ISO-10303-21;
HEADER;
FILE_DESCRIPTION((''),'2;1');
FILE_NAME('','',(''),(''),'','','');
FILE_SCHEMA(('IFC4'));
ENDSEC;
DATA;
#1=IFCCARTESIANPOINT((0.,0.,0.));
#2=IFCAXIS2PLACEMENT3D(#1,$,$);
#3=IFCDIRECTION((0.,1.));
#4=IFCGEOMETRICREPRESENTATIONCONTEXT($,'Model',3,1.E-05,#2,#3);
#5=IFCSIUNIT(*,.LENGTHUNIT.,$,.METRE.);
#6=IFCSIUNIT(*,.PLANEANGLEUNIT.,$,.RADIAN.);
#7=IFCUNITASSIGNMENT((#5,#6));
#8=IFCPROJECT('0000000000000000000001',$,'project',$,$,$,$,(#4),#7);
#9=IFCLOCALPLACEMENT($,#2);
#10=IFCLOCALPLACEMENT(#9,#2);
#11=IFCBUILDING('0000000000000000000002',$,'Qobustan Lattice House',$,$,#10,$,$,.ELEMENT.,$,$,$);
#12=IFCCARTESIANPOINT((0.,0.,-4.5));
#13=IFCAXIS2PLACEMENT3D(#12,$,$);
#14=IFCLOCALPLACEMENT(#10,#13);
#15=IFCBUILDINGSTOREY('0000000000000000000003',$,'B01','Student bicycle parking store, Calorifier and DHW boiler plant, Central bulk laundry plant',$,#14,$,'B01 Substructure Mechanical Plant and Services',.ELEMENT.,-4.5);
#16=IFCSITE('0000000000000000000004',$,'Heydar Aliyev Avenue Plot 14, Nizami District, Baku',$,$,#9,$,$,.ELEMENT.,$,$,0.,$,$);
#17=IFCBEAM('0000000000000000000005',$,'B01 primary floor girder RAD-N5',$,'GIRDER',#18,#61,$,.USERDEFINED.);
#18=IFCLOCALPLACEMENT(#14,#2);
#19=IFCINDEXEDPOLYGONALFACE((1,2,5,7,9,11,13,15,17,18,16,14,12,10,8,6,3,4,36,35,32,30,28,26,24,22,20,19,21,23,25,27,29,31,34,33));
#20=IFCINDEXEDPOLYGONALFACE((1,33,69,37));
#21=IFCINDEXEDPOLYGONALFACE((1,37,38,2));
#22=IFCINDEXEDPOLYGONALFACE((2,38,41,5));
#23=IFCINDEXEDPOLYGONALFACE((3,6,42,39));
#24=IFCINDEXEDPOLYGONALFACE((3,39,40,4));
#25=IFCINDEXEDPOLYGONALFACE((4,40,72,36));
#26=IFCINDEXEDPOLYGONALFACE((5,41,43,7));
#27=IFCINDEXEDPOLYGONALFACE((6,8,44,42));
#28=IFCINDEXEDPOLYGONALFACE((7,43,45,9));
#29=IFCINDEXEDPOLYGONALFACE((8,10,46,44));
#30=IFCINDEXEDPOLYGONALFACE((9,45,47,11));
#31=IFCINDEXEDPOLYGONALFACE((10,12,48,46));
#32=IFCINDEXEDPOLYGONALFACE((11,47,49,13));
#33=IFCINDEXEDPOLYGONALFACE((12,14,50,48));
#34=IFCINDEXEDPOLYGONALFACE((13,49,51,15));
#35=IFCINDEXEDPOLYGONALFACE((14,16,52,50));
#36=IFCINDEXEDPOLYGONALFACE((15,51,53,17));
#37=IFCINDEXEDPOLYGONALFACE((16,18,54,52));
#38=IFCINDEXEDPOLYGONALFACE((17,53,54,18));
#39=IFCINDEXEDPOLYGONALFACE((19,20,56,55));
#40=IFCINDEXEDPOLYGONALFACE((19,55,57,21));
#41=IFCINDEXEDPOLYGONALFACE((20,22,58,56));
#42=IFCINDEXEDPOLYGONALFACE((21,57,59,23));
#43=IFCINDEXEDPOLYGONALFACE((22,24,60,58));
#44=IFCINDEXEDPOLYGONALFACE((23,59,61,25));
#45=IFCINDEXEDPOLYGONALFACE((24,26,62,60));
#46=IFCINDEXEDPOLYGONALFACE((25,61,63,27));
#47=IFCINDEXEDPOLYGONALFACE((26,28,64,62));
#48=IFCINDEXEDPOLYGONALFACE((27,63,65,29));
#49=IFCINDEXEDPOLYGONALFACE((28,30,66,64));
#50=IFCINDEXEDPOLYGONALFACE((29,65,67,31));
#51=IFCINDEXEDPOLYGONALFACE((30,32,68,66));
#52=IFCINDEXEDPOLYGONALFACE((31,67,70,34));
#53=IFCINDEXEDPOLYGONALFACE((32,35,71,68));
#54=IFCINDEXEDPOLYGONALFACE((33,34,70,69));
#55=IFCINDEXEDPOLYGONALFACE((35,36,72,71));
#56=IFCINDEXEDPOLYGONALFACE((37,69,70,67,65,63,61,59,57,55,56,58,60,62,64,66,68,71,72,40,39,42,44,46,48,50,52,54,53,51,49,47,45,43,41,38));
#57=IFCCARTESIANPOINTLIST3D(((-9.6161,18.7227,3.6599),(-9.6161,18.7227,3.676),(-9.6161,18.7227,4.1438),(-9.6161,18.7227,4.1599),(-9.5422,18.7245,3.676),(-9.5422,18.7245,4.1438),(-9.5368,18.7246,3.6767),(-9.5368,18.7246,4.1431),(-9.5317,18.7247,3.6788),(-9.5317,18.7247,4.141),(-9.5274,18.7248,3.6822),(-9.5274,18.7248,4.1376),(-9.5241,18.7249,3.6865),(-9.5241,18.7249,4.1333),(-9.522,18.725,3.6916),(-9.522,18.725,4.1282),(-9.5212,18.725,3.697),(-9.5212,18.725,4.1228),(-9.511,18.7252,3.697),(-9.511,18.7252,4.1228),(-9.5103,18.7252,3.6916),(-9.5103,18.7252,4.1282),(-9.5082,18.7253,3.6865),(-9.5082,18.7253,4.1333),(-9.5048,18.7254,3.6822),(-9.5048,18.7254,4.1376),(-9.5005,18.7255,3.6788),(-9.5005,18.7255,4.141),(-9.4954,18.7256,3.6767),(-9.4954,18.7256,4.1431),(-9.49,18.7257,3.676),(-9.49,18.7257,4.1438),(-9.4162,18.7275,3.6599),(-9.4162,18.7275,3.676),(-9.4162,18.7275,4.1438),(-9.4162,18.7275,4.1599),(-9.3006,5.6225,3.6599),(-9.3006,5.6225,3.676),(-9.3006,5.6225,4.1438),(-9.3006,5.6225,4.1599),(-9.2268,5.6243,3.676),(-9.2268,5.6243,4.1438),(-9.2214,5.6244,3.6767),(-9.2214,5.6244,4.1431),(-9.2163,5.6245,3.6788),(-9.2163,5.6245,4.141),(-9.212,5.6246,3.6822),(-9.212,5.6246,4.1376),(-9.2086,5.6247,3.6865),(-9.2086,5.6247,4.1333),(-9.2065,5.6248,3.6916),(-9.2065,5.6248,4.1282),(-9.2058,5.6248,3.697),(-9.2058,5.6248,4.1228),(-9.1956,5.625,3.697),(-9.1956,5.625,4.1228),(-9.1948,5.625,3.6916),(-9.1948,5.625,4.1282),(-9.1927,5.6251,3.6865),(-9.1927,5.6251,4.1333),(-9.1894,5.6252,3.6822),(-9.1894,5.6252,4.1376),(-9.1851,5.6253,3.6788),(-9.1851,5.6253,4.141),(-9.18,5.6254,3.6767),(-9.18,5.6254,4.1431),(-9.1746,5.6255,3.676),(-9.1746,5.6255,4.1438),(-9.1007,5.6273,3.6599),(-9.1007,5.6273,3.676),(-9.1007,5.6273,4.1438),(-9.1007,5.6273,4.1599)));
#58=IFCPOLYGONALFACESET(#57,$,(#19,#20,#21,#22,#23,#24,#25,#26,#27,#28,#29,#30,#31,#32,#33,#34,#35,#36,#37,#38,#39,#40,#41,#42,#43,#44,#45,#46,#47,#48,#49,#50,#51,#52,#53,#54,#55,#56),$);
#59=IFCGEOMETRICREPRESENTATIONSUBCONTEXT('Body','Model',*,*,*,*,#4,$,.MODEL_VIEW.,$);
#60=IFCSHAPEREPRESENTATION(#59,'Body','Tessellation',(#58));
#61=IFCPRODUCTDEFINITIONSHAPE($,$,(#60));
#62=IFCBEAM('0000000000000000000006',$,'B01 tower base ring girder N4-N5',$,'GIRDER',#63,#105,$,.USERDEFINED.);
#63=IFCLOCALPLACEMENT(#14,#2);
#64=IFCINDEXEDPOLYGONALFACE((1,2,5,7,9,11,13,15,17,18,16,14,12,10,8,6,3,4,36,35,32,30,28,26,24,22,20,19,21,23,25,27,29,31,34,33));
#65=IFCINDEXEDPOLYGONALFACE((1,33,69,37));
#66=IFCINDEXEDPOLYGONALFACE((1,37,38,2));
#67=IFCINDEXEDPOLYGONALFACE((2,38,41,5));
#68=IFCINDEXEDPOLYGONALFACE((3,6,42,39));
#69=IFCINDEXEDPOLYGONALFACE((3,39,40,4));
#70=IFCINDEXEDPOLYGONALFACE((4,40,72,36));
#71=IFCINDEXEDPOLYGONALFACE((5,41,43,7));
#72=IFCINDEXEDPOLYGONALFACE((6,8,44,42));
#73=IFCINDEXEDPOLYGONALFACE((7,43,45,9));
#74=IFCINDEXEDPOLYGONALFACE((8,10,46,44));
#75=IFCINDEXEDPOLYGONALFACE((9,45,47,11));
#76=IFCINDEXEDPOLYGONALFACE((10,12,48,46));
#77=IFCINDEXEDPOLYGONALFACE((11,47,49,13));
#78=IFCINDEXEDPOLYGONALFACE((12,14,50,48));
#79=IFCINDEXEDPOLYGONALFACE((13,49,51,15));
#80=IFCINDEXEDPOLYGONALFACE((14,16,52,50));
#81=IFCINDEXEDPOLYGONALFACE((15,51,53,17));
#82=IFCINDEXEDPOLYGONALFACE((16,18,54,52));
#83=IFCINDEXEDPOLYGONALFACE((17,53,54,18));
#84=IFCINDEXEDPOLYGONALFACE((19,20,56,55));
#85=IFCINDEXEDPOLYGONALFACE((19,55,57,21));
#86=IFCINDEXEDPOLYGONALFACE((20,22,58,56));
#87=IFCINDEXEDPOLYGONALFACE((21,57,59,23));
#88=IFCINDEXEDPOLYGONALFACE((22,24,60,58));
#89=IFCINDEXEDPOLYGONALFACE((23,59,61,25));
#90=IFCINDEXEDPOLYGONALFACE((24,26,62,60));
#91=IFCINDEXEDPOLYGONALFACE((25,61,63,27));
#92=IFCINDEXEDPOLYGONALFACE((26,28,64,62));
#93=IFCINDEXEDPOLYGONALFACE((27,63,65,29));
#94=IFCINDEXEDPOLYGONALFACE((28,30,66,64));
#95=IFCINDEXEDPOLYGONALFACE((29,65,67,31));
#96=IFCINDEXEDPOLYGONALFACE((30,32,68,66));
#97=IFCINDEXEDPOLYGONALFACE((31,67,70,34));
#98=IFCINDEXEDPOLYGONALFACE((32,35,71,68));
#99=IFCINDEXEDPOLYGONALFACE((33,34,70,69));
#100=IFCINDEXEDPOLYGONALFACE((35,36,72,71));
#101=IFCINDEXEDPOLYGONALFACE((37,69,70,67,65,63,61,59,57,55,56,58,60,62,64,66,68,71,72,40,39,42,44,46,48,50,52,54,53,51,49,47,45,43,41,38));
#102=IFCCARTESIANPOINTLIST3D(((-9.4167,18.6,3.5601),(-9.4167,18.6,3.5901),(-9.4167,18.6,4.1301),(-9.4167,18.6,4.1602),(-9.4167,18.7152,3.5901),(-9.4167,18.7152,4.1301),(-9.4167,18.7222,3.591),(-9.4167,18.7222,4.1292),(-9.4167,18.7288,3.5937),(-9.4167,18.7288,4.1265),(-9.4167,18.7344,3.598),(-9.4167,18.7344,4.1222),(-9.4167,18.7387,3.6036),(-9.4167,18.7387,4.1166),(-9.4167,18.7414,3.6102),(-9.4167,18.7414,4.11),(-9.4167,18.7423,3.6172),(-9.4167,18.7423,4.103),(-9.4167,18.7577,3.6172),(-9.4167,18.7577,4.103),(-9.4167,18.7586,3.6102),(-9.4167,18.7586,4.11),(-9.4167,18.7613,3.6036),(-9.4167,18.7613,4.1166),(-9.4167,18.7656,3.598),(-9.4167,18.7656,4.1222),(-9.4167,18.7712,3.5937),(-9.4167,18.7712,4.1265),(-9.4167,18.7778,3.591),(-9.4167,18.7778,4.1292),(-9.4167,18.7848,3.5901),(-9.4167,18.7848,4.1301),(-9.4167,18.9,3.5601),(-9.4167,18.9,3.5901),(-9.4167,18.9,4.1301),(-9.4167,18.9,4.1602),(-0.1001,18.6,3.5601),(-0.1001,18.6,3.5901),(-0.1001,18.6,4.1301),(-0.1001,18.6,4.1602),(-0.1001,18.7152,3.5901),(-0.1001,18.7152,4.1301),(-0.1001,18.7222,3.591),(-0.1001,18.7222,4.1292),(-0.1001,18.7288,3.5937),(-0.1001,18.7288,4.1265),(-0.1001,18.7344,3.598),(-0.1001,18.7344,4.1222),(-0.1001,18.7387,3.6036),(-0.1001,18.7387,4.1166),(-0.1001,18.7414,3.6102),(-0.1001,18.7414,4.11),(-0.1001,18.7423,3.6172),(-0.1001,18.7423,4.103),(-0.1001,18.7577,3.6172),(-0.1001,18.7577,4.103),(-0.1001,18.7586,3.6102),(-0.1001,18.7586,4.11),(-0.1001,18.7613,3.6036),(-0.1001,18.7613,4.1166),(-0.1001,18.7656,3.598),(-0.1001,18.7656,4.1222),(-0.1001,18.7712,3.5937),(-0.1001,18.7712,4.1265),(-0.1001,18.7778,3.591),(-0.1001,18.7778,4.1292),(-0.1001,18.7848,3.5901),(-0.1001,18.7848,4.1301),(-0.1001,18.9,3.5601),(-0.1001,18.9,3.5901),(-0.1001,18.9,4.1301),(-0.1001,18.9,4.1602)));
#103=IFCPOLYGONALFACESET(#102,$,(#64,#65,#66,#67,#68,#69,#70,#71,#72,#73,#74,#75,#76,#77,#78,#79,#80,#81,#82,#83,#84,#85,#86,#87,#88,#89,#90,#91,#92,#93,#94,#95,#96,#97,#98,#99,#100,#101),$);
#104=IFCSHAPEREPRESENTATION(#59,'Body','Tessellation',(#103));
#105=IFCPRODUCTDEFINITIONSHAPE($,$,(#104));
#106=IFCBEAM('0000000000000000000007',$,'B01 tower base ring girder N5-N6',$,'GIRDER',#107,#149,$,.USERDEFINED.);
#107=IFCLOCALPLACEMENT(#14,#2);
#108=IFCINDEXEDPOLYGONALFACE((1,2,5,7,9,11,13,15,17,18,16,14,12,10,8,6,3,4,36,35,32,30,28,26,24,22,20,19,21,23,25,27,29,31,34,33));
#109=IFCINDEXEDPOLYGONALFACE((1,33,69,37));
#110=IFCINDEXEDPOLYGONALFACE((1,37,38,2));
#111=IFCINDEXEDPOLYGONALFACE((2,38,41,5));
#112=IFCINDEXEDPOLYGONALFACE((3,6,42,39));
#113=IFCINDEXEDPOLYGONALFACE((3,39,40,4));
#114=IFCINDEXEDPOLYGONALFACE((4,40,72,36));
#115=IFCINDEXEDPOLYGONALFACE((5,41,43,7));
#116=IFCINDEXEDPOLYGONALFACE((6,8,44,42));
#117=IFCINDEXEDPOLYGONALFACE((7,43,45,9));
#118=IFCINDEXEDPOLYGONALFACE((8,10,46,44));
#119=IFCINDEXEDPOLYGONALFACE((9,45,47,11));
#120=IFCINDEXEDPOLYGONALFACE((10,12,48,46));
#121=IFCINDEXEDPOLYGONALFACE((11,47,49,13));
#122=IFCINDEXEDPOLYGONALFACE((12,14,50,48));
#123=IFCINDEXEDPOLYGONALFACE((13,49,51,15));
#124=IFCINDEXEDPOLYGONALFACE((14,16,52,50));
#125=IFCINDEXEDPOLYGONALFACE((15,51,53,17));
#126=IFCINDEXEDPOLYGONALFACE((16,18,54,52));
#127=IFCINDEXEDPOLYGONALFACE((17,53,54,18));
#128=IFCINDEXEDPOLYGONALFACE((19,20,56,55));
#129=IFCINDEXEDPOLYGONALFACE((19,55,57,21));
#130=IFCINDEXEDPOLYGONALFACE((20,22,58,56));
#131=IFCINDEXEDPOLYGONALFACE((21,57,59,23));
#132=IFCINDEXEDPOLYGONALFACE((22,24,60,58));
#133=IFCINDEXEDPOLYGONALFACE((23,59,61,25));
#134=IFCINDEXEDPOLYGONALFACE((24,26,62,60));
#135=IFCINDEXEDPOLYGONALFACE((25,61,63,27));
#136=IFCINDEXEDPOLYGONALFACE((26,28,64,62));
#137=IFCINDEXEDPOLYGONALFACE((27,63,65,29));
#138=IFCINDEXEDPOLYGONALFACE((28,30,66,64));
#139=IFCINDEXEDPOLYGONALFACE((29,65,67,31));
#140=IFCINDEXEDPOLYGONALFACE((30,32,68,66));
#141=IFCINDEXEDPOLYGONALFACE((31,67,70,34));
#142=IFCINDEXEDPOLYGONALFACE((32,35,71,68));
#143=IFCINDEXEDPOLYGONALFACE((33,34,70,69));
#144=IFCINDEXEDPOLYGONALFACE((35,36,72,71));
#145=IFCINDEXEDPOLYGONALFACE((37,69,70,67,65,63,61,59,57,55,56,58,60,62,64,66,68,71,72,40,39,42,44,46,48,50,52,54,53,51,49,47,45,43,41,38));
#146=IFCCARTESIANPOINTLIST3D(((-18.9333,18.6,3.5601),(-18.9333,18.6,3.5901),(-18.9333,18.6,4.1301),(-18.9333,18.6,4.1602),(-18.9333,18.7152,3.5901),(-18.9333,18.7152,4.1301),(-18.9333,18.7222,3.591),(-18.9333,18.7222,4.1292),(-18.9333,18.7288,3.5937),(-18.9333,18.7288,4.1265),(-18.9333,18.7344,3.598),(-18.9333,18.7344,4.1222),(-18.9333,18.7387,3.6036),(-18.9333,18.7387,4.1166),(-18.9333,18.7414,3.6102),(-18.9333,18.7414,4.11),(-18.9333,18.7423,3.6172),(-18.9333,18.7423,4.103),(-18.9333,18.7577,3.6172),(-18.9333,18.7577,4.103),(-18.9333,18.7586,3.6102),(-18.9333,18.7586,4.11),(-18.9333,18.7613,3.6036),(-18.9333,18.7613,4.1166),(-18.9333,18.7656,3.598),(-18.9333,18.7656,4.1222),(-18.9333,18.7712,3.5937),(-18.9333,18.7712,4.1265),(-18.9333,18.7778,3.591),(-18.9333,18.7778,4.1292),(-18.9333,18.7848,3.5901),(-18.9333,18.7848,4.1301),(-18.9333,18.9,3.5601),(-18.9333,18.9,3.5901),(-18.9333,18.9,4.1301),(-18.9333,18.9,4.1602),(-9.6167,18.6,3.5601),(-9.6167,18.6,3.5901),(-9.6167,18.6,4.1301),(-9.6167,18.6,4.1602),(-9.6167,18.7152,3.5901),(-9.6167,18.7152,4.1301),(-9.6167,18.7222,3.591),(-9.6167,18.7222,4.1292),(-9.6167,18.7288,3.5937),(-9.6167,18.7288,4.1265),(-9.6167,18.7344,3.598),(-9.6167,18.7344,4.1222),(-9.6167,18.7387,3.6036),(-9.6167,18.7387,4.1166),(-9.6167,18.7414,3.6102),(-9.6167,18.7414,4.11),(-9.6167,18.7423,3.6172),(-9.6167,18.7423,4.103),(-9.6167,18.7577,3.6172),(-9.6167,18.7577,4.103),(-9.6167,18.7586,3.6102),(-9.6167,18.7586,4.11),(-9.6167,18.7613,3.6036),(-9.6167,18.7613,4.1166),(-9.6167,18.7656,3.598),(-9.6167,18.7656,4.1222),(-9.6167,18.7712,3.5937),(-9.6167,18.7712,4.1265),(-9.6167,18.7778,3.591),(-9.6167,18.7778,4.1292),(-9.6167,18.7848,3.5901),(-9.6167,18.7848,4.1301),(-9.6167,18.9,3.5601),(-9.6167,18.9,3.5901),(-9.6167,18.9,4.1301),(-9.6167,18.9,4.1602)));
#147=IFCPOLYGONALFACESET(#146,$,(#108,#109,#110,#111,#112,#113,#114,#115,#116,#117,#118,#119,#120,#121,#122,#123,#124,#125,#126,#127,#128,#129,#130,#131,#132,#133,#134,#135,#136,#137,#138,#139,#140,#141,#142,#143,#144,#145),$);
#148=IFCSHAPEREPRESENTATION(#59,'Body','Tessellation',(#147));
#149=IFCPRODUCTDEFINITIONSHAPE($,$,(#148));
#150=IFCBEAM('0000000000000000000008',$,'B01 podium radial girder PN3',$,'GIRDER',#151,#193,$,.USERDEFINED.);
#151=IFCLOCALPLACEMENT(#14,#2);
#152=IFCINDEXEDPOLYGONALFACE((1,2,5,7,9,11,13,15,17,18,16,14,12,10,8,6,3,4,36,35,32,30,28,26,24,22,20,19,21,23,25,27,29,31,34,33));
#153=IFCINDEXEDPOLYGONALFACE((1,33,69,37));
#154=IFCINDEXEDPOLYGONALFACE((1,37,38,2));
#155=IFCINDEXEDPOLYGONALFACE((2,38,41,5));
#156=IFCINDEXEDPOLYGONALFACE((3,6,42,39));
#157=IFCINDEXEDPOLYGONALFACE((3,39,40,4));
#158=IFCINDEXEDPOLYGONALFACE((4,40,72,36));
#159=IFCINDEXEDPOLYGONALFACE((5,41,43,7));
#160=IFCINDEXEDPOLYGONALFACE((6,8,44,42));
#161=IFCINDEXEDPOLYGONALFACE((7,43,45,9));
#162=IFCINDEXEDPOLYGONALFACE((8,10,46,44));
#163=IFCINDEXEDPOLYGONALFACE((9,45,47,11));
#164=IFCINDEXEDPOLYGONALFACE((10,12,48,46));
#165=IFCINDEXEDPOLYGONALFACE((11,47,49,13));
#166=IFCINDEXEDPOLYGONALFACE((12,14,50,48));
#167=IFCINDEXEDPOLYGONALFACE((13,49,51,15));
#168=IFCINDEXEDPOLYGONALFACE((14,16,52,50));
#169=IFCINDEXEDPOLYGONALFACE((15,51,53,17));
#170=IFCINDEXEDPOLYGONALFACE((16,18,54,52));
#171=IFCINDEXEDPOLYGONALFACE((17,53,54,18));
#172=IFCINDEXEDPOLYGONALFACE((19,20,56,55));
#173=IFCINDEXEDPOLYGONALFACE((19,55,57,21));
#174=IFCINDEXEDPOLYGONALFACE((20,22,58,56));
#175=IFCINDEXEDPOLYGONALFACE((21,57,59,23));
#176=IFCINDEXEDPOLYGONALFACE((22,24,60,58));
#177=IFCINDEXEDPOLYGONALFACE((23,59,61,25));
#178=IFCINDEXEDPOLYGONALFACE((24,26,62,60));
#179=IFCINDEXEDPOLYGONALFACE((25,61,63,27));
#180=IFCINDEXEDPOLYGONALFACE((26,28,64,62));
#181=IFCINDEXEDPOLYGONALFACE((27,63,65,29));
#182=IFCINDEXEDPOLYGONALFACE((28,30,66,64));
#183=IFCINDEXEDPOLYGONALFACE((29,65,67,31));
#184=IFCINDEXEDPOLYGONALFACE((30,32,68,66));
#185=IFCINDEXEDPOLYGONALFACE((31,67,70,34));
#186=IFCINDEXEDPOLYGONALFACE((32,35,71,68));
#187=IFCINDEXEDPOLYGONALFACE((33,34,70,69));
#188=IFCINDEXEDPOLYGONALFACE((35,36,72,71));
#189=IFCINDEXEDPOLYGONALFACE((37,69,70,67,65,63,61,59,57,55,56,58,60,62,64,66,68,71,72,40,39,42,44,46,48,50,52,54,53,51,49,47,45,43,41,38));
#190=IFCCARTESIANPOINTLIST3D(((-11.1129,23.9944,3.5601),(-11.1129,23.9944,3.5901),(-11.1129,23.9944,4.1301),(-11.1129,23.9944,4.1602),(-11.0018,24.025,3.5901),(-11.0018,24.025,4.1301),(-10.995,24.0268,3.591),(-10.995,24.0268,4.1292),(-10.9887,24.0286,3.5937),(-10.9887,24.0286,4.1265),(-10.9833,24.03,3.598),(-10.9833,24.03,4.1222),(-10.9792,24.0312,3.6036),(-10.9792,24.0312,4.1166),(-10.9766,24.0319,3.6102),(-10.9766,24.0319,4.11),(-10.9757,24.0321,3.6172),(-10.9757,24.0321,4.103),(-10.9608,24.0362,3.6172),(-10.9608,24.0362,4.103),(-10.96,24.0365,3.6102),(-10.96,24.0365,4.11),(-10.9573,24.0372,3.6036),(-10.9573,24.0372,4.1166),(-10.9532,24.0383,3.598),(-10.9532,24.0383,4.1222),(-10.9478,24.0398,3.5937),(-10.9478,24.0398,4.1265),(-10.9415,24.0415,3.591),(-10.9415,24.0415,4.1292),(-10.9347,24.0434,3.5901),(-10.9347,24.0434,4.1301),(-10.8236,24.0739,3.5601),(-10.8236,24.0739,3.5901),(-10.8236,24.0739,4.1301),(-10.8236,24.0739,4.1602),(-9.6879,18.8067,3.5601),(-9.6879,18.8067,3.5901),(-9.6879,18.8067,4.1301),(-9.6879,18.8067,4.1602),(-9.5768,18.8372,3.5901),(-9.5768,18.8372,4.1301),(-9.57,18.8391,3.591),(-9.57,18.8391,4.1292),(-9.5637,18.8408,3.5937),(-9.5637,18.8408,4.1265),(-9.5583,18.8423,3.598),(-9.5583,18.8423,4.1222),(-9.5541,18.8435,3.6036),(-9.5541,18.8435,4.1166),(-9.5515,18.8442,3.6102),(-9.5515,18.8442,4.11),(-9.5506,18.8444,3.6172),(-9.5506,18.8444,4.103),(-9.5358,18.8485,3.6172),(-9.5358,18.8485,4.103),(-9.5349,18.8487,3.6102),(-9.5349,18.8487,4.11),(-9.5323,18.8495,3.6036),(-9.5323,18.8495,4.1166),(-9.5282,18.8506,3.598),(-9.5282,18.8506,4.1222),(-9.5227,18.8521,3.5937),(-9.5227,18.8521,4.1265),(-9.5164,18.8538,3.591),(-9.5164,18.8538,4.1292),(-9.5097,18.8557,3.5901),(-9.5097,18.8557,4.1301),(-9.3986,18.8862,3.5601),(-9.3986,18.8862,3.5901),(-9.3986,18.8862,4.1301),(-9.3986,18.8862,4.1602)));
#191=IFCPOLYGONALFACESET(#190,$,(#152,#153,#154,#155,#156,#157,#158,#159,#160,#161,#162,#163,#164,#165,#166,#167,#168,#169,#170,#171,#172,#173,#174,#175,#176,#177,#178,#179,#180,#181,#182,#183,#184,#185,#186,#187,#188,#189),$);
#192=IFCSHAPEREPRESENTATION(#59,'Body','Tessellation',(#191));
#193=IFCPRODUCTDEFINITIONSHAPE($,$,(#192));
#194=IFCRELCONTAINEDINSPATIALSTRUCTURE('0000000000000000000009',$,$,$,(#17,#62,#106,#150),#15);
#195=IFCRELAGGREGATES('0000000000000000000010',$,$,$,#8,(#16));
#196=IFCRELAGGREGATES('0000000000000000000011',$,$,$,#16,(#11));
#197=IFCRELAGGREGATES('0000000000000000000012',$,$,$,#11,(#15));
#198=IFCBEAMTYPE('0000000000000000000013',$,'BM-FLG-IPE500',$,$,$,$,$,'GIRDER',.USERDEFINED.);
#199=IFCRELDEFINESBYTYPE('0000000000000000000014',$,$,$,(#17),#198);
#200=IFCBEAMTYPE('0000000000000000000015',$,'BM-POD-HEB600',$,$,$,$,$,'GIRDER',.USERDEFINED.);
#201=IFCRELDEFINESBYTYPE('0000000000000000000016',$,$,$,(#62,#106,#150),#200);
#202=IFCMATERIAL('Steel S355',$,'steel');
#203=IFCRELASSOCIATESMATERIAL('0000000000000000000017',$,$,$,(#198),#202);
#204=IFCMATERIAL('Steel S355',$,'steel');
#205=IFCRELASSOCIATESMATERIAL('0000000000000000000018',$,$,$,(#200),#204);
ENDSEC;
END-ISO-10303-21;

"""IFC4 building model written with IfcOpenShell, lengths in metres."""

from ifc_helpers import new_model, si_unit, direction, frame, origin, origin_2d, place, context, subcontext, project, spatial, i_section, extrude, material, material_profile, profile_set, type_object, element, save


model = new_model("IFC4")

# Units and contexts
model_context = context("Model", 3, precision=1e-05, world=origin(), true_north=direction((0.0, 1.0)))
body_context = subcontext(model_context, "Body", "Model", "MODEL_VIEW")
ifc_project = project(units=[si_unit("LENGTHUNIT", "METRE"), si_unit("PLANEANGLEUNIT", "RADIAN")], contexts=[model_context])

# Site, building, storey
site_placement = place(None, origin())
site = spatial("IfcSite", under=ifc_project, at=site_placement, Name="Heydar Aliyev Avenue Plot 14, Nizami District, Baku", CompositionType="ELEMENT", RefElevation=0.0)
building_placement = place(site_placement, origin())
building = spatial("IfcBuilding", under=site, at=building_placement, Name="Qobustan Lattice House", CompositionType="ELEMENT")
storey_placement = place(building_placement, frame((0.0, 0.0, -4.5)))
storey = spatial("IfcBuildingStorey", under=building, at=storey_placement, Name="B01", Description="Student bicycle parking store, Calorifier and DHW boiler plant, Central bulk laundry plant", LongName="B01 Substructure Mechanical Plant and Services", CompositionType="ELEMENT", Elevation=-4.5)

# Beams
ifc_material_1 = material(Name="Steel S355", Category="steel")
ifc_material_profile_1 = material_profile(ifc_material_1, i_section(OverallWidth=0.2, OverallDepth=0.5, WebThickness=0.0103, FlangeThickness=0.0161, FilletRadius=0.021, at=origin_2d()), Name="IPE500")
ifc_profile_set_1 = profile_set([ifc_material_profile_1], Name="Steel S355")
beam_type_1 = type_object("IfcBeamType", Name="BM-FLG-IPE500", ElementType="GIRDER", PredefinedType="USERDEFINED", material=ifc_profile_set_1)
beam_1_placement = place(storey_placement, frame((-9.5161, 18.7251, 3.9099), z_axis=(0.024071, -0.99971, 0.0), x_axis=(0.99971, 0.024071, 0.0)))
element("IfcBeam", 1, at=beam_1_placement, inside=storey, type_object=beam_type_1, Name="B01 primary floor girder RAD-N5", ObjectType="GIRDER", PredefinedType="USERDEFINED", context=body_context, shape_type="SweptSolid", body=[
    extrude(i_section(OverallWidth=0.2, OverallDepth=0.5, WebThickness=0.0103, FlangeThickness=0.0161, FilletRadius=0.021, at=origin_2d()), origin(), (0.0, 0.0, 1.0), 13.104),
])
ifc_material_2 = material(Name="Steel S355", Category="steel")
ifc_material_profile_2 = material_profile(ifc_material_2, i_section(OverallWidth=0.3, OverallDepth=0.6001, WebThickness=0.0154, FlangeThickness=0.03, FilletRadius=0.0271, at=origin_2d()), Name="HEB600")
ifc_profile_set_2 = profile_set([ifc_material_profile_2], Name="Steel S355")
beam_type_2 = type_object("IfcBeamType", Name="BM-POD-HEB600", ElementType="GIRDER", PredefinedType="USERDEFINED", material=ifc_profile_set_2)
for number, where, z_axis, x_axis, name in (
    (2, (-0.1001, 18.75, 3.8601), (-1.0, 0.0, 0.0), (0.0, -1.0, 0.0), "B01 tower base ring girder N4-N5"),
    (3, (-9.6167, 18.75, 3.8601), (-1.0, 0.0, 0.0), (0.0, -1.0, 0.0), "B01 tower base ring girder N5-N6"),
):
    element("IfcBeam", number, at=place(storey_placement, frame(where, z_axis=z_axis, x_axis=x_axis)), inside=storey, type_object=beam_type_2, Name=name, ObjectType="GIRDER", PredefinedType="USERDEFINED", context=body_context, shape_type="SweptSolid", body=[
        extrude(i_section(OverallWidth=0.3, OverallDepth=0.6001, WebThickness=0.0154, FlangeThickness=0.03, FilletRadius=0.0271, at=origin_2d()), origin(), (0.0, 0.0, 1.0), 9.3167),
    ])
beam_2_placement = place(storey_placement, frame((-10.9683, 24.0342, 3.8601), z_axis=(0.264883, -0.96428, 0.0), x_axis=(0.96428, 0.264883, 0.0)))
element("IfcBeam", 4, at=beam_2_placement, inside=storey, type_object=beam_type_2, Name="B01 podium radial girder PN3", ObjectType="GIRDER", PredefinedType="USERDEFINED", context=body_context, shape_type="SweptSolid", body=[
    extrude(i_section(OverallWidth=0.3, OverallDepth=0.6001, WebThickness=0.0154, FlangeThickness=0.03, FilletRadius=0.0271, at=origin_2d()), origin(), (0.0, 0.0, 1.0), 5.3799),
])

save(model, "model.ifc")
